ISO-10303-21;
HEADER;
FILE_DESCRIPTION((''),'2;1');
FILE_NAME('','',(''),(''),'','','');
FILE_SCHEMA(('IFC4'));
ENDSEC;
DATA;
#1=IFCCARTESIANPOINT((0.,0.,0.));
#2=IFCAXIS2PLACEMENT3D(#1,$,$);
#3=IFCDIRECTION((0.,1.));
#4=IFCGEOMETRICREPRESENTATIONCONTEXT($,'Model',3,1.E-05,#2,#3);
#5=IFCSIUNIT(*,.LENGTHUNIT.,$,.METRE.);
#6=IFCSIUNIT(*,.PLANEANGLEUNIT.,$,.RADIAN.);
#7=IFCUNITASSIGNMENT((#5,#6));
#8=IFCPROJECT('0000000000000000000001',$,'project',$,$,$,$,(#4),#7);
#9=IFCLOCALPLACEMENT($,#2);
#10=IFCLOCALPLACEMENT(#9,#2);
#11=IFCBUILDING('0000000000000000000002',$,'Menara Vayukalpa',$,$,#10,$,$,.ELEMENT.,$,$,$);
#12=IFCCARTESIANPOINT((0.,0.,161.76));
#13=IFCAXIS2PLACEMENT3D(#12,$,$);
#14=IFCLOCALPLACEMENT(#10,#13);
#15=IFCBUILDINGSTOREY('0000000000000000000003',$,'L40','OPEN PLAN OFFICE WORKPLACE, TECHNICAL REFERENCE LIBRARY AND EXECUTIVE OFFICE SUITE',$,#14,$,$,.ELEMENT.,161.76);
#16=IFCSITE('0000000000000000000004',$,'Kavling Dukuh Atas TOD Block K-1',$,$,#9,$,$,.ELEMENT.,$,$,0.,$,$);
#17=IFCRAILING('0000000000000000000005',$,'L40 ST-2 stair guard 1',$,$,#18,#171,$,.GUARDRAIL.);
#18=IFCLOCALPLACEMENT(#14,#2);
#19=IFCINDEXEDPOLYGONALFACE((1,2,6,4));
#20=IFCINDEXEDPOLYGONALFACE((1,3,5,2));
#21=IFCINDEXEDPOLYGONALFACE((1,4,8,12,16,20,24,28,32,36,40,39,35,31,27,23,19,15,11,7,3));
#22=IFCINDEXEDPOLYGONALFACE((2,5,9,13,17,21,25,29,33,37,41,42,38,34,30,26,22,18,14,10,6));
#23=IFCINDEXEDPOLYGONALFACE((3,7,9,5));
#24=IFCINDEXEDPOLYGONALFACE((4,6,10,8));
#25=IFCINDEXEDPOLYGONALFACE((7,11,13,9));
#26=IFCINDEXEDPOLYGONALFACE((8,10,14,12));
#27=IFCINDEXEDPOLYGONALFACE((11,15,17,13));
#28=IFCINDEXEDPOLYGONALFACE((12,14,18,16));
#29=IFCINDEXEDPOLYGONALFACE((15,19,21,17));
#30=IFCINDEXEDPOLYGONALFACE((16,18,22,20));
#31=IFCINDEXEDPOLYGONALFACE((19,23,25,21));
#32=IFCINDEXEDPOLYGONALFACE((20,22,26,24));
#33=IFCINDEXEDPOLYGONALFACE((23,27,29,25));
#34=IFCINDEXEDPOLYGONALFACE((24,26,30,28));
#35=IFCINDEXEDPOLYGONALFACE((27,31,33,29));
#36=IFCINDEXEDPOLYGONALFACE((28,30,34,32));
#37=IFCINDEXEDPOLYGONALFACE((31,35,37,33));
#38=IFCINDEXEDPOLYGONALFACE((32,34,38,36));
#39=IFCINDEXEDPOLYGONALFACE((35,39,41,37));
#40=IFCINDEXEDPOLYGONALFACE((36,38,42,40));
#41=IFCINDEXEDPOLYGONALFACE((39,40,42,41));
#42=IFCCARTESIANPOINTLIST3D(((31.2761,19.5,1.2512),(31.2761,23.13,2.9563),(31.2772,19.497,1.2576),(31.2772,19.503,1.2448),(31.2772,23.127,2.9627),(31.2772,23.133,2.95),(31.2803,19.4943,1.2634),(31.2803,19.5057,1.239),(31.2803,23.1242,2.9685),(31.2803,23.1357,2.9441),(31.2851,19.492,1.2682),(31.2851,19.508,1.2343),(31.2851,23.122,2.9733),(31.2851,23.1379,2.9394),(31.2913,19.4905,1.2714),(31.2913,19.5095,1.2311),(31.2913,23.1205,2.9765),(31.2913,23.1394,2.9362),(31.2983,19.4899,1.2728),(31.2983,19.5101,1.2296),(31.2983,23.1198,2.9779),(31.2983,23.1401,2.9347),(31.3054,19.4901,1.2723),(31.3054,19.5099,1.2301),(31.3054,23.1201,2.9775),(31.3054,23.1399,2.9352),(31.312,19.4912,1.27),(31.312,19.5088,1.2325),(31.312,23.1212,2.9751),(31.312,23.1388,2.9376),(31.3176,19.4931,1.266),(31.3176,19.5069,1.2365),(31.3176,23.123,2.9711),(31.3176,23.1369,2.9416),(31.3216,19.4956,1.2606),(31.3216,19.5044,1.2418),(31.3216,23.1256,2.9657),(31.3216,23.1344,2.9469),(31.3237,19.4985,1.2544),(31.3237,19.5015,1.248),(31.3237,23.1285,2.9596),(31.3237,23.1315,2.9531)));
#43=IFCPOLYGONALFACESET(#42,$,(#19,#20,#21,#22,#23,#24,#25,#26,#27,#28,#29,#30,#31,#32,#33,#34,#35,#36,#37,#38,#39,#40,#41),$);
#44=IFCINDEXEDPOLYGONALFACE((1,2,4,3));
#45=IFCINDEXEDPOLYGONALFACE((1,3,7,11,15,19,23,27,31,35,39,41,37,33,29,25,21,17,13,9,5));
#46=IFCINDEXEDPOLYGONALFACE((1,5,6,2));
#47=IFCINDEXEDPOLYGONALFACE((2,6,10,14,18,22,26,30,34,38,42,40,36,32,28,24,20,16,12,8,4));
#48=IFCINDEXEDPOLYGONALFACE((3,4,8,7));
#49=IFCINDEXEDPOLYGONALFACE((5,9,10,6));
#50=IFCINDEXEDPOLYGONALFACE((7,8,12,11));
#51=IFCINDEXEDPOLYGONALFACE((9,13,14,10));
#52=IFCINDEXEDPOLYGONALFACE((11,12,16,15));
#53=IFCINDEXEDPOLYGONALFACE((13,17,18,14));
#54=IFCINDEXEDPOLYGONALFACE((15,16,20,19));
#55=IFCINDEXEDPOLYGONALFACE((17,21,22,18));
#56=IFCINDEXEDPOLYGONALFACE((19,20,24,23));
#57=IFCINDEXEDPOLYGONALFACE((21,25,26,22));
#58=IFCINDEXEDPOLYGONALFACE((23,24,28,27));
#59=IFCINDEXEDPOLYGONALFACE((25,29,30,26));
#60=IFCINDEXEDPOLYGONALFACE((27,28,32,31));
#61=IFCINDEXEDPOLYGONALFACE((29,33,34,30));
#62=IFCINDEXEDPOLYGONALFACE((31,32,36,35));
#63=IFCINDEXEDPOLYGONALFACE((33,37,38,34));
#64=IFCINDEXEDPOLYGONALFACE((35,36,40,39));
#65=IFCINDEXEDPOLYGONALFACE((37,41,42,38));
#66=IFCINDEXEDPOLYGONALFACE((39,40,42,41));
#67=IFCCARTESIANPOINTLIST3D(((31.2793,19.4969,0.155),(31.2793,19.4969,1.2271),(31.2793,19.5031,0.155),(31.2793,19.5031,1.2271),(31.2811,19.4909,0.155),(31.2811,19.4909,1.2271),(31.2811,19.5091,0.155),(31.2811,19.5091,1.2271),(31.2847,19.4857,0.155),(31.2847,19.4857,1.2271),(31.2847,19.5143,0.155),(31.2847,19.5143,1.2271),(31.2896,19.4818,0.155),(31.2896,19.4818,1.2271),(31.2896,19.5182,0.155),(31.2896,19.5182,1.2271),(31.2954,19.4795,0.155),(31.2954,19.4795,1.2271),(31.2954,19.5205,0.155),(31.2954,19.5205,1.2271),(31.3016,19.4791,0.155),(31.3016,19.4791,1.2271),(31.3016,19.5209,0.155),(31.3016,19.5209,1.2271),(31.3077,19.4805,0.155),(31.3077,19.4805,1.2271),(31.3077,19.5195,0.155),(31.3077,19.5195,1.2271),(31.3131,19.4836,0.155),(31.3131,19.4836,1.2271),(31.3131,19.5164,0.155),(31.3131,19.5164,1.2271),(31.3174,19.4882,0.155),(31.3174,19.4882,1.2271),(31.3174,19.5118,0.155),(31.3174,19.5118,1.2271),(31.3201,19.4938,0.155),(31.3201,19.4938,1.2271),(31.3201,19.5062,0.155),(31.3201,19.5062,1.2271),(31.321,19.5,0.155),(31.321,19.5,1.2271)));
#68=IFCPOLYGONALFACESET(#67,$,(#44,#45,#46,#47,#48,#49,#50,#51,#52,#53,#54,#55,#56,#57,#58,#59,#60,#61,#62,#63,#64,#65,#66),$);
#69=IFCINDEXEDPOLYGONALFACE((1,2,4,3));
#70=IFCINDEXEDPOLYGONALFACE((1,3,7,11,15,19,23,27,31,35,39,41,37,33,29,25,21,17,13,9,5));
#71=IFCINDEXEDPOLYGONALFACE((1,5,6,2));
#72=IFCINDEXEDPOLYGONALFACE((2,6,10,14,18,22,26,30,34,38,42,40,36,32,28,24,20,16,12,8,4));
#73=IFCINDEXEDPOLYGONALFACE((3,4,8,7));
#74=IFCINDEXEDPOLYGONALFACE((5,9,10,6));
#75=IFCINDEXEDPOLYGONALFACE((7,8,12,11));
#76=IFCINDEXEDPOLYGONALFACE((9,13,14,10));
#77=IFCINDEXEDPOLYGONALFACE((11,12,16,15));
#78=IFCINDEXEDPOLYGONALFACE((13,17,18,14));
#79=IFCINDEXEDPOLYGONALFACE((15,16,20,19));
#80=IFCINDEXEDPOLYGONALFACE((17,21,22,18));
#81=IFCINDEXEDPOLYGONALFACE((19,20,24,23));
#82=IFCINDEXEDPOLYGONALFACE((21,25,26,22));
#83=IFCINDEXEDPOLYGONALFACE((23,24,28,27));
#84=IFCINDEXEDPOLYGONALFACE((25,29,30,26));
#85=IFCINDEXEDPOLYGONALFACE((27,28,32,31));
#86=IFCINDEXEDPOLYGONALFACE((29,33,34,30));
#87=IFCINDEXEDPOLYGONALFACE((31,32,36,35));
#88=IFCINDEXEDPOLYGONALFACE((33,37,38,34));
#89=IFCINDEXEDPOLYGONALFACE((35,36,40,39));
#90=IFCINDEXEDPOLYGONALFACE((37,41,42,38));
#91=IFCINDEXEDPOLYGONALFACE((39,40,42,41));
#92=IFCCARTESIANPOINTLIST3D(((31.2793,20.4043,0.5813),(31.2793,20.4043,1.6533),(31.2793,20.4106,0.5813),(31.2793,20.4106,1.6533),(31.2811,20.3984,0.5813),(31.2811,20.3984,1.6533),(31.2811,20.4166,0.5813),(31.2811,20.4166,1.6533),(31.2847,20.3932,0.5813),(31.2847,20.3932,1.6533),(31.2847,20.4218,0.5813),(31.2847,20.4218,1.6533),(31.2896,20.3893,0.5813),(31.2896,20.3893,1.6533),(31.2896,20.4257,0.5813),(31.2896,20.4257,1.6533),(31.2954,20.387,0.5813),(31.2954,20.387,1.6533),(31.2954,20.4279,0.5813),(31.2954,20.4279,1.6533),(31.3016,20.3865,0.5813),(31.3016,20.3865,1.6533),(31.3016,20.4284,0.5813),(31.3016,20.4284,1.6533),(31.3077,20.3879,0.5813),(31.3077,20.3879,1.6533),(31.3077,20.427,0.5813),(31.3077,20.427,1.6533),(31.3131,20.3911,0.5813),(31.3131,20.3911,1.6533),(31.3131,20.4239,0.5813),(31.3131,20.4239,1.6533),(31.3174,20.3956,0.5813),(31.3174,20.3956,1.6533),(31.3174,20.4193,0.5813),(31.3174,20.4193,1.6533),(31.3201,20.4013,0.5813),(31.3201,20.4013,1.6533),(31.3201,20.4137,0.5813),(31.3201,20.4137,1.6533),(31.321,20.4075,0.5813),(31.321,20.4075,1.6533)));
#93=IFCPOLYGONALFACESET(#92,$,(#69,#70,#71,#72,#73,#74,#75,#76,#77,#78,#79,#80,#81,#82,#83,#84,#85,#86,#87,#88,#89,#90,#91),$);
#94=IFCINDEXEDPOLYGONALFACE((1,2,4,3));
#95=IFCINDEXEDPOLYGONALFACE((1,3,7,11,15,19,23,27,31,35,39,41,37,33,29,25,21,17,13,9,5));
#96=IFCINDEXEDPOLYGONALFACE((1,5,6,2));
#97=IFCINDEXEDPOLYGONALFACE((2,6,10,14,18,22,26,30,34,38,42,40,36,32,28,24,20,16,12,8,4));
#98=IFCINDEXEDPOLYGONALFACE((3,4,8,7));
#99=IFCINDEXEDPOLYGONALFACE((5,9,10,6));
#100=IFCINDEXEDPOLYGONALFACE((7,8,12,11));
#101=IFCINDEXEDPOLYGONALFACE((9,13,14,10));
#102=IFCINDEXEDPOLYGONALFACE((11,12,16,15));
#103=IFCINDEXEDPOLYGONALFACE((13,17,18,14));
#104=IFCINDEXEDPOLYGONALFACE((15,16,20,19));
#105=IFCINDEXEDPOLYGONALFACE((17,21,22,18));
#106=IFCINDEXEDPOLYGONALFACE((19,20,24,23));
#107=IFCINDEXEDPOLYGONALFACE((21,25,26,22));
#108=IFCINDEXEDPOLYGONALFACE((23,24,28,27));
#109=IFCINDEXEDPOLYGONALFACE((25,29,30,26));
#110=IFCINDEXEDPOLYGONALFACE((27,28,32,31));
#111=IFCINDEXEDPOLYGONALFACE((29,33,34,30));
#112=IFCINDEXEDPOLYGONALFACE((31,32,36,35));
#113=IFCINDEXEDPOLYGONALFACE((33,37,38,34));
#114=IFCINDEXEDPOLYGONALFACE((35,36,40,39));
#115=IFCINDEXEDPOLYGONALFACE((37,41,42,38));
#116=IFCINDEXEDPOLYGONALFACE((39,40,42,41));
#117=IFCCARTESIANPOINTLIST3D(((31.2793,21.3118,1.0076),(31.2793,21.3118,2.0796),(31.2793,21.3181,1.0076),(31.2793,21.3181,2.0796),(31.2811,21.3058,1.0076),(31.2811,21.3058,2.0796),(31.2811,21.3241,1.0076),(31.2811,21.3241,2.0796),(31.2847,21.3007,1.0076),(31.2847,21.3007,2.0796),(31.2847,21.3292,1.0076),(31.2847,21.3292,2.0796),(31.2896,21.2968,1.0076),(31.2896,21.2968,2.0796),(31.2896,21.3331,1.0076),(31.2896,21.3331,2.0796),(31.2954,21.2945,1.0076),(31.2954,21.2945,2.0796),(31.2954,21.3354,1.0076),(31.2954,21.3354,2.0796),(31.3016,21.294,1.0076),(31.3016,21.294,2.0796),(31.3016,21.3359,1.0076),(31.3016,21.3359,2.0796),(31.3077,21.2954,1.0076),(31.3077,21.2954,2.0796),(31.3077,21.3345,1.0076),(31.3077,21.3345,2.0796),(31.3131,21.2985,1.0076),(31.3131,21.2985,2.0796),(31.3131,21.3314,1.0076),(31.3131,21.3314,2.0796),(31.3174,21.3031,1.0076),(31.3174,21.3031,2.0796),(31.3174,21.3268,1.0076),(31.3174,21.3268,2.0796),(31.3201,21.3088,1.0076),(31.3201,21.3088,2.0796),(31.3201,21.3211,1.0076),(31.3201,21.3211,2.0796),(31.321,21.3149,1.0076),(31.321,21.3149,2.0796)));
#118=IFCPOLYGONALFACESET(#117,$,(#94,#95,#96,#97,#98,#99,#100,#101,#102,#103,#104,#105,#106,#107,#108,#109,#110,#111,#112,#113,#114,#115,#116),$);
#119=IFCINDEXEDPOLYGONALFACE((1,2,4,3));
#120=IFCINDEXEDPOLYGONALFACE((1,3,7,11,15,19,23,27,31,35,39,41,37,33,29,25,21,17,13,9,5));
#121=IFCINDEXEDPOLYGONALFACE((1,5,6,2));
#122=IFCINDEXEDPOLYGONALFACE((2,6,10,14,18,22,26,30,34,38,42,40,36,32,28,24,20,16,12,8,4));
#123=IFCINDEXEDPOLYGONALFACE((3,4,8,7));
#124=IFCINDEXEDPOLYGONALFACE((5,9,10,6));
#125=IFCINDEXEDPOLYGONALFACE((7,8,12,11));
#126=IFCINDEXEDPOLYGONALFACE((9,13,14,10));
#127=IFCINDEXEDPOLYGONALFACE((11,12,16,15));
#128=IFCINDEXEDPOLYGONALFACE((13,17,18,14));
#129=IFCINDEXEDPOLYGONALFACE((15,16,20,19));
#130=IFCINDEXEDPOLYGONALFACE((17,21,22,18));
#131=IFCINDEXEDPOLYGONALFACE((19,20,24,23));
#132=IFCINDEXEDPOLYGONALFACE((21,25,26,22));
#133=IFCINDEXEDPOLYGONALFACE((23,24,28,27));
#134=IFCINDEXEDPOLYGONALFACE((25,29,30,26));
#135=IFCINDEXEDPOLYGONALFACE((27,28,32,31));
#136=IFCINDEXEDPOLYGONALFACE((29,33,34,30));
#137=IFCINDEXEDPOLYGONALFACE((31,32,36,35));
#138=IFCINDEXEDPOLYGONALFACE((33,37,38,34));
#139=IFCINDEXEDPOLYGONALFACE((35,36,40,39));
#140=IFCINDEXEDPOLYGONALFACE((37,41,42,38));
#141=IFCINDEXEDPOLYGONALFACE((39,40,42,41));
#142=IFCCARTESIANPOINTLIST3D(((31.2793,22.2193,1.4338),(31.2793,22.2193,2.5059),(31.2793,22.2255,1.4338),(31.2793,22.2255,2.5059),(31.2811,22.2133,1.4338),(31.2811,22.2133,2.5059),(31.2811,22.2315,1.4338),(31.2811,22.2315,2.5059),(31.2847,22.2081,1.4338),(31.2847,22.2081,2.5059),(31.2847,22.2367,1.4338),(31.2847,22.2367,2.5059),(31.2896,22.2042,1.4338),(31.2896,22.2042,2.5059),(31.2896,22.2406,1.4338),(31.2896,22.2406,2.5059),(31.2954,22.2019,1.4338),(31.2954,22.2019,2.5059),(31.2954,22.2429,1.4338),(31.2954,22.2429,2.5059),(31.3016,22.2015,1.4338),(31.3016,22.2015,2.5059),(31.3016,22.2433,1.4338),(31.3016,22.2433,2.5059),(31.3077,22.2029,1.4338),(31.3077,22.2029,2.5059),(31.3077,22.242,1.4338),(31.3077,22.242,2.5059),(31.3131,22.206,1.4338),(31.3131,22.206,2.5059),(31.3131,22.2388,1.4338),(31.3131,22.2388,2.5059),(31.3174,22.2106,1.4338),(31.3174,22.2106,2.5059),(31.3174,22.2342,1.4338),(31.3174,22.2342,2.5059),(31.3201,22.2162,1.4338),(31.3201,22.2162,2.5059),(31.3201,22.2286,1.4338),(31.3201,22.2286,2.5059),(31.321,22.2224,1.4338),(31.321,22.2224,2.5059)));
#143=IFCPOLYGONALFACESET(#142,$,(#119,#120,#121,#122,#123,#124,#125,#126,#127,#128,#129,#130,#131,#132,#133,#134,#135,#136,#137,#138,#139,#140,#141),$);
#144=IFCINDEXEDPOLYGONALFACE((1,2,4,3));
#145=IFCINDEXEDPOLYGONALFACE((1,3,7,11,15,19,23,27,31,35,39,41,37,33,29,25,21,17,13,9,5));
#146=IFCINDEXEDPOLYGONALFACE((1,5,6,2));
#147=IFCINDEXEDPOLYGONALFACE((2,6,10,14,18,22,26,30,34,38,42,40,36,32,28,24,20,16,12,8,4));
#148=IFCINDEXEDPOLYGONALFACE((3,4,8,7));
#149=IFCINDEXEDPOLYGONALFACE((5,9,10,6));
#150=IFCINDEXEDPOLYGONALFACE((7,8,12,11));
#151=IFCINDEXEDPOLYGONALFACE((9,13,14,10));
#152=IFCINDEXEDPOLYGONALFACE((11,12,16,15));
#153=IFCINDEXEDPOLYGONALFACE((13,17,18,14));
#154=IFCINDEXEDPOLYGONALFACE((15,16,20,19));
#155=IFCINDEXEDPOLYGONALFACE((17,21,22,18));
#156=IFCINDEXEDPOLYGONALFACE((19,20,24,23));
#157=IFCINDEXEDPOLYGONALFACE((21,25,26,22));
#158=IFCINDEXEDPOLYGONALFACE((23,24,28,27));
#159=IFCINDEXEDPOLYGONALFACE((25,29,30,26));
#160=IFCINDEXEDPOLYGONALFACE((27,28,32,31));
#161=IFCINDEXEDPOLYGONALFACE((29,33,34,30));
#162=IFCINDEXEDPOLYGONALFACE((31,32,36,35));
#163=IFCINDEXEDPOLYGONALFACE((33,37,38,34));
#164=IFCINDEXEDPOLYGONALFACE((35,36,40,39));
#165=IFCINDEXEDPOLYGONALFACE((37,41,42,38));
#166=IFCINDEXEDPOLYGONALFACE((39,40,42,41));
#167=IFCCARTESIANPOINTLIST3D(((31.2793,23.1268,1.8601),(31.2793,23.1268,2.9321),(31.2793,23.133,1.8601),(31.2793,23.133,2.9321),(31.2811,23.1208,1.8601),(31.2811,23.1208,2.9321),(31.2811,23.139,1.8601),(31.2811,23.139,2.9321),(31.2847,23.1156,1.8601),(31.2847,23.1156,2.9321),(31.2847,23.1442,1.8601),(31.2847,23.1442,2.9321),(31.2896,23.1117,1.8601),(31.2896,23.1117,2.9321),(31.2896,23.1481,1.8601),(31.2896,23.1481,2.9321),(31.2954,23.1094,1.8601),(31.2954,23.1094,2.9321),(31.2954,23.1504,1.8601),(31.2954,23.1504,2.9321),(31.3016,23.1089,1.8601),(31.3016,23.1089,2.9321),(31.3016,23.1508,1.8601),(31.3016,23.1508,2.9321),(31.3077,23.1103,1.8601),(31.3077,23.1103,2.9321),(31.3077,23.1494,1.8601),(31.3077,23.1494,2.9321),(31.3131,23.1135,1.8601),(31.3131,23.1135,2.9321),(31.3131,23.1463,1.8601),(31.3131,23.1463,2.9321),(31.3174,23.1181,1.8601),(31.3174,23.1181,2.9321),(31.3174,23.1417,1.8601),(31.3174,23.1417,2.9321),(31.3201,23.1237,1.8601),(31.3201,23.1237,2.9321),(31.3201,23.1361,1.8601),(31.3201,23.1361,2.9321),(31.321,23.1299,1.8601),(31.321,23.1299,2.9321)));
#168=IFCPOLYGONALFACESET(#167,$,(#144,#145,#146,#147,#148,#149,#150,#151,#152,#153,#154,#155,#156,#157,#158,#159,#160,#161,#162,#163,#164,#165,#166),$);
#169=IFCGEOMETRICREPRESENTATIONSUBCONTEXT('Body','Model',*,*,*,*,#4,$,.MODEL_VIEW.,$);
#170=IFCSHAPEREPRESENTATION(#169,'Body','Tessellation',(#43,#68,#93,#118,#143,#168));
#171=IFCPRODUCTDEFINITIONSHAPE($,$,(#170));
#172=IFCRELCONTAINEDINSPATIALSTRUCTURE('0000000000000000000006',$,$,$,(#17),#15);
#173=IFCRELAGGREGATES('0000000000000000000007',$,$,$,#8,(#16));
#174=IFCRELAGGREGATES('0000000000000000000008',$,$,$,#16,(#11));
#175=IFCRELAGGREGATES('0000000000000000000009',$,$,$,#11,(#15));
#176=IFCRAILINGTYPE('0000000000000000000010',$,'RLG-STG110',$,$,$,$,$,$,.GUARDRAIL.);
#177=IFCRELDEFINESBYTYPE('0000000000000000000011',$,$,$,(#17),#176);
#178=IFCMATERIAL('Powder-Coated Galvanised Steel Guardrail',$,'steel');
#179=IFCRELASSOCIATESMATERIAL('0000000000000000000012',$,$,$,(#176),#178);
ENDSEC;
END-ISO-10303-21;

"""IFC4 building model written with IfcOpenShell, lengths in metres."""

from ifc_helpers import new_model, si_unit, direction, frame, origin, origin_2d, place, context, subcontext, project, spatial, circle, extrude, material, type_object, element, save


model = new_model("IFC4")

# Units and contexts
model_context = context("Model", 3, precision=1e-05, world=origin(), true_north=direction((0.0, 1.0)))
body_context = subcontext(model_context, "Body", "Model", "MODEL_VIEW")
ifc_project = project(units=[si_unit("LENGTHUNIT", "METRE"), si_unit("PLANEANGLEUNIT", "RADIAN")], contexts=[model_context])

# Site, building, storey
site_placement = place(None, origin())
site = spatial("IfcSite", under=ifc_project, at=site_placement, Name="Kavling Dukuh Atas TOD Block K-1", CompositionType="ELEMENT", RefElevation=0.0)
building_placement = place(site_placement, origin())
building = spatial("IfcBuilding", under=site, at=building_placement, Name="Menara Vayukalpa", CompositionType="ELEMENT")
storey_placement = place(building_placement, frame((0.0, 0.0, 161.76)))
storey = spatial("IfcBuildingStorey", under=building, at=storey_placement, Name="L40", Description="OPEN PLAN OFFICE WORKPLACE, TECHNICAL REFERENCE LIBRARY AND EXECUTIVE OFFICE SUITE", CompositionType="ELEMENT", Elevation=161.76)

# Railing
ifc_material_1 = material(Name="Powder-Coated Galvanised Steel Guardrail", Category="steel")
railing_type = type_object("IfcRailingType", Name="RLG-STG110", PredefinedType="GUARDRAIL", material=ifc_material_1)
railing_1_placement = place(storey_placement, frame((31.3, 19.5, 0.155)))
element("IfcRailing", 1, at=railing_1_placement, inside=storey, type_object=railing_type, Name="L40 ST-2 stair guard 1", PredefinedType="GUARDRAIL", context=body_context, shape_type="SweptSolid", body=[
    extrude(circle(Radius=0.0239, at=origin_2d()), frame((0.0, 0.0, 1.0962), z_axis=(0.0, 0.905116, 0.425164), x_axis=(-1.0, 0.0, 0.0)), (0.0, 0.0, 1.0), 4.0105),
    extrude(circle(Radius=0.021, at=origin_2d()), origin(), (0.0, 0.0, 1.0), 1.072),
    extrude(circle(Radius=0.021, at=origin_2d()), frame((0.0, 0.9075, 0.4263)), (0.0, 0.0, 1.0), 1.072),
    extrude(circle(Radius=0.021, at=origin_2d()), frame((0.0, 1.8149, 0.8525)), (0.0, 0.0, 1.0), 1.072),
    extrude(circle(Radius=0.021, at=origin_2d()), frame((0.0, 2.7224, 1.2788)), (0.0, 0.0, 1.0), 1.072),
    extrude(circle(Radius=0.021, at=origin_2d()), frame((0.0, 3.6299, 1.7051)), (0.0, 0.0, 1.0), 1.072),
])

save(model, "model.ifc")
